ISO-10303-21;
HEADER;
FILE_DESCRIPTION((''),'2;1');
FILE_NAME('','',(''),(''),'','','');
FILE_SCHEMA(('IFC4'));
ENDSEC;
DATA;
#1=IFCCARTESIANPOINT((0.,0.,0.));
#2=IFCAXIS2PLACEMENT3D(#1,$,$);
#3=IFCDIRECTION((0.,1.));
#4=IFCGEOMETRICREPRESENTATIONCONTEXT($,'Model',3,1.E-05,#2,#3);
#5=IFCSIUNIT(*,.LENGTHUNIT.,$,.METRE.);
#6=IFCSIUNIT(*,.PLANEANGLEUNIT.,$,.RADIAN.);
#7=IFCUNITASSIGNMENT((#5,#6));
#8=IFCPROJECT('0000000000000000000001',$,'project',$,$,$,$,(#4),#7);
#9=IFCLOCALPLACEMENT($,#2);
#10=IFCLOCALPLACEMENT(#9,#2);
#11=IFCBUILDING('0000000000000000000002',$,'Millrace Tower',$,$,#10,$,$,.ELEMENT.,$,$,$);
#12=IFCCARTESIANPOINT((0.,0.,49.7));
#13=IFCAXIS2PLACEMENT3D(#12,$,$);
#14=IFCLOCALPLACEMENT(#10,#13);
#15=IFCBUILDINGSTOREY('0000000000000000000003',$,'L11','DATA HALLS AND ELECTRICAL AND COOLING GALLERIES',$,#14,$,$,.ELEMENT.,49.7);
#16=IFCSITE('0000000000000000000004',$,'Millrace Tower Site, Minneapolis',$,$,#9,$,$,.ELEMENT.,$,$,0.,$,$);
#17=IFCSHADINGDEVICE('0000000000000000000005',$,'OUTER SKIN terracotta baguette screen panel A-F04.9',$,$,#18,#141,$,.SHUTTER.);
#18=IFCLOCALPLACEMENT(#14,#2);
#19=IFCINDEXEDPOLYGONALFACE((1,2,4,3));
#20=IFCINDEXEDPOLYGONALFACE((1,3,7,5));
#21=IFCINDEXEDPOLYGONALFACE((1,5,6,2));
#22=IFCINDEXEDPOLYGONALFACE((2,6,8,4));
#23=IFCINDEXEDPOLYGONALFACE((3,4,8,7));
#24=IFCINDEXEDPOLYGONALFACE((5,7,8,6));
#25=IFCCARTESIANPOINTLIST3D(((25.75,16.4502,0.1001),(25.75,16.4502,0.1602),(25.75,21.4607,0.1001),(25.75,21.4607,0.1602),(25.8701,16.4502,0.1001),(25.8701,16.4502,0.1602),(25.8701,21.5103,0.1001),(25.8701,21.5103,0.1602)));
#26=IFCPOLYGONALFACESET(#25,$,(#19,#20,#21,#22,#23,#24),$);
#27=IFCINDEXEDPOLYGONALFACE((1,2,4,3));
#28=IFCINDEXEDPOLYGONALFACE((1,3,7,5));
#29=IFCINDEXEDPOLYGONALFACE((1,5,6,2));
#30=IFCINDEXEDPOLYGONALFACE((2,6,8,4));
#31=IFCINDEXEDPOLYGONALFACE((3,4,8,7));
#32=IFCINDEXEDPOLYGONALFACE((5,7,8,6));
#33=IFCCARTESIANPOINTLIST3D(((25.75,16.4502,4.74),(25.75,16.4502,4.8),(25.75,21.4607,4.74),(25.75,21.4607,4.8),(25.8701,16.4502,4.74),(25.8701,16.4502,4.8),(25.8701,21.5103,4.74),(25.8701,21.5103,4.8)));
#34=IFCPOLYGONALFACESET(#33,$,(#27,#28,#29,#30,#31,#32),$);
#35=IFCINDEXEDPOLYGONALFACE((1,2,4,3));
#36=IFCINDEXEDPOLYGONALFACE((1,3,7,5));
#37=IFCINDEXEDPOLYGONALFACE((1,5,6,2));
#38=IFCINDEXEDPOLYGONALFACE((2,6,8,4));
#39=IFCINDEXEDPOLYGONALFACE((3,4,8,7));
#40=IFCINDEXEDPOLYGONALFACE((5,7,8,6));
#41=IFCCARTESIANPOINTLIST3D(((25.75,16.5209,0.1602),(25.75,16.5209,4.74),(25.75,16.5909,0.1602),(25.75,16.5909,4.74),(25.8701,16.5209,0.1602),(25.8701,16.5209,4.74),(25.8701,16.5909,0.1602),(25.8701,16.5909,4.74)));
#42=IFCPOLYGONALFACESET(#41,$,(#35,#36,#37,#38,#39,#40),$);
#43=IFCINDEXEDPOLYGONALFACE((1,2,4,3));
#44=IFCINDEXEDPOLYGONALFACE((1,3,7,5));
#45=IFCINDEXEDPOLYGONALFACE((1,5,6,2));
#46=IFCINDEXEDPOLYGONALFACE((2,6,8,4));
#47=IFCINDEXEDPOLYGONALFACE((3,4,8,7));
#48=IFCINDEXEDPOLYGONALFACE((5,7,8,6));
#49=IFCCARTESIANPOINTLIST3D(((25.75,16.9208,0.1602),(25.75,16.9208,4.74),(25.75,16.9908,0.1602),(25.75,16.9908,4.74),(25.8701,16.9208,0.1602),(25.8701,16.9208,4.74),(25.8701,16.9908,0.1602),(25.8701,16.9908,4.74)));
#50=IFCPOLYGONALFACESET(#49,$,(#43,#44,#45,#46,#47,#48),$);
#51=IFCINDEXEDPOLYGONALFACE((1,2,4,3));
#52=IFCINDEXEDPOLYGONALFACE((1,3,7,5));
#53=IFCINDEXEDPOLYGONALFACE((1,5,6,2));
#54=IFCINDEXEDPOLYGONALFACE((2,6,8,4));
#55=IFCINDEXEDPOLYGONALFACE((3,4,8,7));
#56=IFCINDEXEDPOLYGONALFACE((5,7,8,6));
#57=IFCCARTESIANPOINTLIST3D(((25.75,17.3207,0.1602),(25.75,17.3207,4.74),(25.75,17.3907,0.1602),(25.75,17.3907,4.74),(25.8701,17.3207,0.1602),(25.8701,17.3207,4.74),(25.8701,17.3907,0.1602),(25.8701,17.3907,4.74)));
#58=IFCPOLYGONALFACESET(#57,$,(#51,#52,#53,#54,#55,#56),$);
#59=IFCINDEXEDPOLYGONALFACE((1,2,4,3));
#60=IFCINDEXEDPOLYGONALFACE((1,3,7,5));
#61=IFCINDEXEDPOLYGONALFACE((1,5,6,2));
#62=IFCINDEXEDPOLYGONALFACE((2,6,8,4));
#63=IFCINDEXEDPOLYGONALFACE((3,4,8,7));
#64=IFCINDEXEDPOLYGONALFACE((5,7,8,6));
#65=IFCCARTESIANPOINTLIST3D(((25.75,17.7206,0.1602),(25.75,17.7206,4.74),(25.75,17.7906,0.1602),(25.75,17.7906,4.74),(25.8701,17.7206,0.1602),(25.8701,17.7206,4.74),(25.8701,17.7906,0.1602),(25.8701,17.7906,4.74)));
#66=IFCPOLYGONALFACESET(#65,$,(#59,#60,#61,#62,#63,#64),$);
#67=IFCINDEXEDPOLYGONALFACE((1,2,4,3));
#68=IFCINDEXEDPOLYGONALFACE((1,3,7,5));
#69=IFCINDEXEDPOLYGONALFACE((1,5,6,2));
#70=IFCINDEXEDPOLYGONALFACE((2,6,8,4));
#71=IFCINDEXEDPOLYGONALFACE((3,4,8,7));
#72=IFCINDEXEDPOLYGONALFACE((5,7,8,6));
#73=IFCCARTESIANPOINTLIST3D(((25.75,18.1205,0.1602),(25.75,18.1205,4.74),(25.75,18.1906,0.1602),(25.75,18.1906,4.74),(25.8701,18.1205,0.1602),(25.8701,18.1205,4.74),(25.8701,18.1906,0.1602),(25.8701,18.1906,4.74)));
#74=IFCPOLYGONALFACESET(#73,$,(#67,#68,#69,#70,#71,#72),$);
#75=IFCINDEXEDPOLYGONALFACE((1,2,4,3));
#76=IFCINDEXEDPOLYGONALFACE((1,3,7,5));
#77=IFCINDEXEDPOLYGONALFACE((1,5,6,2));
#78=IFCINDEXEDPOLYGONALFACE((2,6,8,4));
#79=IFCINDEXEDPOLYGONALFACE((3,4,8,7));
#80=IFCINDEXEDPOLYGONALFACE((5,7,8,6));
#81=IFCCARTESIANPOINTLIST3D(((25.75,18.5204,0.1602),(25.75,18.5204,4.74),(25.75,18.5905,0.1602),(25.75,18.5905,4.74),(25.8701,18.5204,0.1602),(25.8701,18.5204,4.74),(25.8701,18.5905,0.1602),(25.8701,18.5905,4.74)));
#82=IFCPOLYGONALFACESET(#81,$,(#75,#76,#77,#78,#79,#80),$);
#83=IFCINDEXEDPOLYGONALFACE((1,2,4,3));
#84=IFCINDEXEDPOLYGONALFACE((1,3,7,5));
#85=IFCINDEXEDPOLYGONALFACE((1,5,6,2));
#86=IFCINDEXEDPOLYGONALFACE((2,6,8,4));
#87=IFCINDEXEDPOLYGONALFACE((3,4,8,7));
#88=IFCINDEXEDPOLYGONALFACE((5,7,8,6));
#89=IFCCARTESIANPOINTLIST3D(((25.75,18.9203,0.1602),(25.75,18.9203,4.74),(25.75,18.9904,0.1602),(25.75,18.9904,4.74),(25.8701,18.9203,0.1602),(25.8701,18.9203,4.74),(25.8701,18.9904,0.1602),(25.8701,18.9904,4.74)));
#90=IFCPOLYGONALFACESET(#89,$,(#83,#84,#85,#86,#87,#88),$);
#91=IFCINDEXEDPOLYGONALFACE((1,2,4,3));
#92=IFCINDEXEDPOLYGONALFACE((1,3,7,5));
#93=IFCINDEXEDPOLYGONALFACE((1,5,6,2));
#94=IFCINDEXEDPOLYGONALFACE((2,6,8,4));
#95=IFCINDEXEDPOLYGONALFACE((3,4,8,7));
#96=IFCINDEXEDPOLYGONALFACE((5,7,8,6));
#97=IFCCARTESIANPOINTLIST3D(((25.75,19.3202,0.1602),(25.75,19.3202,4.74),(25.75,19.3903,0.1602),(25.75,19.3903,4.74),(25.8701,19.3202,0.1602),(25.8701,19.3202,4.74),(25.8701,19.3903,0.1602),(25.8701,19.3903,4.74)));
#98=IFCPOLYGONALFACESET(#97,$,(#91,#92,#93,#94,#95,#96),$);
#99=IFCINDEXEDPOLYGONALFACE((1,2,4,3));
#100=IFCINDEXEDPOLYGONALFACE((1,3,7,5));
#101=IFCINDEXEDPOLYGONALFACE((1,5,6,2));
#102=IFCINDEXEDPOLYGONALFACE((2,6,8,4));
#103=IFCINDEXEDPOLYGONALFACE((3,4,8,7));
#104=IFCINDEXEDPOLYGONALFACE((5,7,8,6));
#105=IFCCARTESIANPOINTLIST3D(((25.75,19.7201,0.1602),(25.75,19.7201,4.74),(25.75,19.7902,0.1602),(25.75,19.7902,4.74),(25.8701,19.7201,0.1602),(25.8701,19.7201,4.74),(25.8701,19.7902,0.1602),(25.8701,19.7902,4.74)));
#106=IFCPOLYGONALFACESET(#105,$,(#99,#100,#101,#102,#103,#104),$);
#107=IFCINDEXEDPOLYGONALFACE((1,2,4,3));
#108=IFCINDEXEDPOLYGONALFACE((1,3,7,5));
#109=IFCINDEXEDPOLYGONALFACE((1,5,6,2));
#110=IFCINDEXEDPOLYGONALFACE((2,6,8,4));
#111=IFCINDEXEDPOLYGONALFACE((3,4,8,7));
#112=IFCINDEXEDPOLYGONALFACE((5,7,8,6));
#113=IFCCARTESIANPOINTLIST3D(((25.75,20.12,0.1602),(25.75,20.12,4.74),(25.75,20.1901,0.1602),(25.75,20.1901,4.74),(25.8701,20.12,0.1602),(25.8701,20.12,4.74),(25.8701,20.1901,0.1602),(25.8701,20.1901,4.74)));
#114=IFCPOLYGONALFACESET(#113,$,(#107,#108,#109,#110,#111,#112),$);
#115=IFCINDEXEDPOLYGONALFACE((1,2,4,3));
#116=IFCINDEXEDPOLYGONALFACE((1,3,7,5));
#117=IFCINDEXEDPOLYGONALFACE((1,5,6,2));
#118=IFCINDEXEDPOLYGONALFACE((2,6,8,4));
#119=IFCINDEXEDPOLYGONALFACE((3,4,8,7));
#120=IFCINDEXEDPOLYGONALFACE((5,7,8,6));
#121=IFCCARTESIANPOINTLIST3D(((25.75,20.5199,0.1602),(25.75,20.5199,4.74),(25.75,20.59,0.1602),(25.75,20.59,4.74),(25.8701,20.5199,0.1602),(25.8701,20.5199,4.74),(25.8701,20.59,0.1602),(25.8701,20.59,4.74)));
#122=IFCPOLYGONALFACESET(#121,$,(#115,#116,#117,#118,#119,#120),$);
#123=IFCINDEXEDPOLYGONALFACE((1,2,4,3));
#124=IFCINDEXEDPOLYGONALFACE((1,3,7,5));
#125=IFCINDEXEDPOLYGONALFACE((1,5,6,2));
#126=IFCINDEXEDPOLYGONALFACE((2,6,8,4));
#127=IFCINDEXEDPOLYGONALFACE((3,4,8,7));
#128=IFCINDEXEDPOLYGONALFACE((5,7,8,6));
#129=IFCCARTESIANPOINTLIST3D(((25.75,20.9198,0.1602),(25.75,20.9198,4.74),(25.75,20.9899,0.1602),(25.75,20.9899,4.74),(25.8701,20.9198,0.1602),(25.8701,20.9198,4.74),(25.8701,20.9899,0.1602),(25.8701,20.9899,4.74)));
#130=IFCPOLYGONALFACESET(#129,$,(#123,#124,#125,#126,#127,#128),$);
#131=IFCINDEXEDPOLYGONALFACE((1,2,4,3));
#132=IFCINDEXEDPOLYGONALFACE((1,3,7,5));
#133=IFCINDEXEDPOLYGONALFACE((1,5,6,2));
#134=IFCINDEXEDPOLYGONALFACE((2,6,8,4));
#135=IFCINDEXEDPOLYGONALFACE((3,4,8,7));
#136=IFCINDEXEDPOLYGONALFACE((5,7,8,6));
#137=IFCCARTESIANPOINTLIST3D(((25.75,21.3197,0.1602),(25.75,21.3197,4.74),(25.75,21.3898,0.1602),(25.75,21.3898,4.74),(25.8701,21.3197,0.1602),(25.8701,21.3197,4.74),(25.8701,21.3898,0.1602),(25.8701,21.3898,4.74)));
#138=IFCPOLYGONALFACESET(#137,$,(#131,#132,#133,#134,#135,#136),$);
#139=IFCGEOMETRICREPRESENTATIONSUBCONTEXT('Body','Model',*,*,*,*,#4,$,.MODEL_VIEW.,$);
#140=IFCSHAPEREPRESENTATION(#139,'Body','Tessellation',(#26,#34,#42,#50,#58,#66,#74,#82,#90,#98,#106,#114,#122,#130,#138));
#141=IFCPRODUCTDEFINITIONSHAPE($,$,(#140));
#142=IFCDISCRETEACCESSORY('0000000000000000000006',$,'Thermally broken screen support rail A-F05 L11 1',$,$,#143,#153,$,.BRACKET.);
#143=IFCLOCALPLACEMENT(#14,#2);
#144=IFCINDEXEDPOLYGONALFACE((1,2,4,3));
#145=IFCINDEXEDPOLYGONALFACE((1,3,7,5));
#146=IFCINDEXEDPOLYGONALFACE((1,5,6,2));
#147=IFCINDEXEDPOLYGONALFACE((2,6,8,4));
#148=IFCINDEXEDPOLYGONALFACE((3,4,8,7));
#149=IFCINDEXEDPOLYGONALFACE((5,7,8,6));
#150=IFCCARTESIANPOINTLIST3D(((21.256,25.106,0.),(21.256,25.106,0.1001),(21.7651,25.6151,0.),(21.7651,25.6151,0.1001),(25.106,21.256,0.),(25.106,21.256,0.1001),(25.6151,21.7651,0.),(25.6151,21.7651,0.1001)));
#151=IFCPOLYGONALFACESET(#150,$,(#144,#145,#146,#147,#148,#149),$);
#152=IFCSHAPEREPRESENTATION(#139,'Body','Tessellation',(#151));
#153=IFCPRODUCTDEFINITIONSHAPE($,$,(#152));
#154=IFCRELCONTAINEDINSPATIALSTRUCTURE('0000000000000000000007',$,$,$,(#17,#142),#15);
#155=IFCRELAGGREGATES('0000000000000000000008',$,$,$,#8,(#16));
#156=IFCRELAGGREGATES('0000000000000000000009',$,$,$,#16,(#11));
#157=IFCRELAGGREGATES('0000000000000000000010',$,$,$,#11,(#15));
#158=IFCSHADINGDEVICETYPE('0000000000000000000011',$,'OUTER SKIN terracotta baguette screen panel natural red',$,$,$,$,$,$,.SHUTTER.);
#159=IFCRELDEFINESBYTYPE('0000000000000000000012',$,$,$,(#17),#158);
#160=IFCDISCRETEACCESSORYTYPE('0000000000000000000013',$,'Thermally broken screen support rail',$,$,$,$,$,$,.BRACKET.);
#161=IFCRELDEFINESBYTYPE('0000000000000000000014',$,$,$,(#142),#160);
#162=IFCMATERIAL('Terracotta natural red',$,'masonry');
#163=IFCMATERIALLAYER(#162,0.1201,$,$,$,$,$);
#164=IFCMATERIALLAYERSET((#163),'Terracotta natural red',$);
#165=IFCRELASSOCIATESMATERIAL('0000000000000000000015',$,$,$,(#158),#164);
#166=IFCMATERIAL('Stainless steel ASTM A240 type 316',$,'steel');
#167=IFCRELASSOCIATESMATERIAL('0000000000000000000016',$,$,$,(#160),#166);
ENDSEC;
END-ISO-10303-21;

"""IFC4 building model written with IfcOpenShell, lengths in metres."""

from ifc_helpers import new_model, entity, si_unit, direction, frame, frame_2d, origin, origin_2d, place, context, subcontext, project, spatial, rectangle, extrude, source, transform, mapped, material, layer, layer_set, type_object, element, save


model = new_model("IFC4")

# Units and contexts
model_context = context("Model", 3, precision=1e-05, world=origin(), true_north=direction((0.0, 1.0)))
body_context = subcontext(model_context, "Body", "Model", "MODEL_VIEW")
ifc_project = project(units=[si_unit("LENGTHUNIT", "METRE"), si_unit("PLANEANGLEUNIT", "RADIAN")], contexts=[model_context])

# Site, building, storey
site_placement = place(None, origin())
site = spatial("IfcSite", under=ifc_project, at=site_placement, Name="Millrace Tower Site, Minneapolis", CompositionType="ELEMENT", RefElevation=0.0)
building_placement = place(site_placement, origin())
building = spatial("IfcBuilding", under=site, at=building_placement, Name="Millrace Tower", CompositionType="ELEMENT")
storey_placement = place(building_placement, frame((0.0, 0.0, 49.7)))
storey = spatial("IfcBuildingStorey", under=building, at=storey_placement, Name="L11", Description="DATA HALLS AND ELECTRICAL AND COOLING GALLERIES", CompositionType="ELEMENT", Elevation=49.7)

# Shading device
ifc_material_1 = material(Name="Terracotta natural red", Category="masonry")
ifc_layer_1 = layer(ifc_material_1, 0.1201)
ifc_layer_set_1 = layer_set([ifc_layer_1], Name="Terracotta natural red")
shading_device_type_1 = type_object("IfcShadingDeviceType", Name="OUTER SKIN terracotta baguette screen panel natural red", PredefinedType="SHUTTER", material=ifc_layer_set_1)
cartesian_point_1 = entity("IfcCartesianPoint", [-2.5176, 0.0601])
shared_polyline_1 = entity("IfcPolyline", [cartesian_point_1, entity("IfcCartesianPoint", [2.4929, 0.0601]), entity("IfcCartesianPoint", [2.5425, -0.0601]), entity("IfcCartesianPoint", [-2.5176, -0.0601]), cartesian_point_1])
shared_shape_1 = source(origin(), body_context, "Body", "SweptSolid", [
    entity("IfcExtrudedAreaSolid", entity("IfcArbitraryClosedProfileDef", "AREA", None, shared_polyline_1), entity("IfcAxis2Placement3D", entity("IfcCartesianPoint", [0.0, 0.0, 0.0])), entity("IfcDirection", [0.0, 0.0, 1.0]), 0.0601),
    entity("IfcExtrudedAreaSolid", entity("IfcArbitraryClosedProfileDef", "AREA", None, shared_polyline_1), entity("IfcAxis2Placement3D", entity("IfcCartesianPoint", [0.0, 0.0, 4.6399])), entity("IfcDirection", [0.0, 0.0, 1.0]), 0.0601),
    extrude(rectangle(XDim=0.0701, YDim=0.1201, at=frame_2d((-2.4119, 0.0))), frame((0.0, 0.0, 0.0601)), (0.0, 0.0, 1.0), 4.5798),
    extrude(rectangle(XDim=0.0701, YDim=0.1201, at=frame_2d((-2.012, 0.0))), frame((0.0, 0.0, 0.0601)), (0.0, 0.0, 1.0), 4.5798),
    extrude(rectangle(XDim=0.0701, YDim=0.1201, at=frame_2d((-1.6121, 0.0))), frame((0.0, 0.0, 0.0601)), (0.0, 0.0, 1.0), 4.5798),
    extrude(rectangle(XDim=0.0701, YDim=0.1201, at=frame_2d((-1.2122, 0.0))), frame((0.0, 0.0, 0.0601)), (0.0, 0.0, 1.0), 4.5798),
    extrude(rectangle(XDim=0.0701, YDim=0.1201, at=frame_2d((-0.8123, 0.0))), frame((0.0, 0.0, 0.0601)), (0.0, 0.0, 1.0), 4.5798),
    extrude(rectangle(XDim=0.0701, YDim=0.1201, at=frame_2d((-0.4124, 0.0))), frame((0.0, 0.0, 0.0601)), (0.0, 0.0, 1.0), 4.5798),
    extrude(rectangle(XDim=0.0701, YDim=0.1201, at=frame_2d((-0.0125, 0.0))), frame((0.0, 0.0, 0.0601)), (0.0, 0.0, 1.0), 4.5798),
    extrude(rectangle(XDim=0.0701, YDim=0.1201, at=frame_2d((0.3875, 0.0))), frame((0.0, 0.0, 0.0601)), (0.0, 0.0, 1.0), 4.5798),
    extrude(rectangle(XDim=0.0701, YDim=0.1201, at=frame_2d((0.7874, 0.0))), frame((0.0, 0.0, 0.0601)), (0.0, 0.0, 1.0), 4.5798),
    extrude(rectangle(XDim=0.0701, YDim=0.1201, at=frame_2d((1.1873, 0.0))), frame((0.0, 0.0, 0.0601)), (0.0, 0.0, 1.0), 4.5798),
    extrude(rectangle(XDim=0.0701, YDim=0.1201, at=frame_2d((1.5872, 0.0))), frame((0.0, 0.0, 0.0601)), (0.0, 0.0, 1.0), 4.5798),
    extrude(rectangle(XDim=0.0701, YDim=0.1201, at=frame_2d((1.9871, 0.0))), frame((0.0, 0.0, 0.0601)), (0.0, 0.0, 1.0), 4.5798),
    extrude(rectangle(XDim=0.0701, YDim=0.1201, at=frame_2d((2.387, 0.0))), frame((0.0, 0.0, 0.0601)), (0.0, 0.0, 1.0), 4.5798),
])
shading_device_1_placement = place(storey_placement, frame((25.8101, 18.9678, 0.1001), z_axis=(0.0, 0.0, 1.0), x_axis=(0.0, 1.0, 0.0)))
element("IfcShadingDevice", 1, at=shading_device_1_placement, inside=storey, type_object=shading_device_type_1, Name="OUTER SKIN terracotta baguette screen panel A-F04.9", PredefinedType="SHUTTER", context=body_context, shape_type="MappedRepresentation", body=[
    mapped(shared_shape_1, transform((0.0, 0.0, 0.0), scale=1.0)),
])

# Discrete accessory
ifc_material_2 = material(Name="Stainless steel ASTM A240 type 316", Category="steel")
discrete_accessory_type = type_object("IfcDiscreteAccessoryType", Name="Thermally broken screen support rail", PredefinedType="BRACKET", material=ifc_material_2)
discrete_accessory_placement = place(storey_placement, frame((23.4355, 23.4355, 0.0), z_axis=(0.0, 0.0, 1.0), x_axis=(-0.707107, 0.707107, 0.0)))
element("IfcDiscreteAccessory", 2, at=discrete_accessory_placement, inside=storey, type_object=discrete_accessory_type, Name="Thermally broken screen support rail A-F05 L11 1", PredefinedType="BRACKET", context=body_context, shape_type="SweptSolid", body=[
    extrude(rectangle(XDim=5.4448, YDim=0.72, at=origin_2d()), origin(), (0.0, 0.0, 1.0), 0.1001),
])

save(model, "model.ifc")
